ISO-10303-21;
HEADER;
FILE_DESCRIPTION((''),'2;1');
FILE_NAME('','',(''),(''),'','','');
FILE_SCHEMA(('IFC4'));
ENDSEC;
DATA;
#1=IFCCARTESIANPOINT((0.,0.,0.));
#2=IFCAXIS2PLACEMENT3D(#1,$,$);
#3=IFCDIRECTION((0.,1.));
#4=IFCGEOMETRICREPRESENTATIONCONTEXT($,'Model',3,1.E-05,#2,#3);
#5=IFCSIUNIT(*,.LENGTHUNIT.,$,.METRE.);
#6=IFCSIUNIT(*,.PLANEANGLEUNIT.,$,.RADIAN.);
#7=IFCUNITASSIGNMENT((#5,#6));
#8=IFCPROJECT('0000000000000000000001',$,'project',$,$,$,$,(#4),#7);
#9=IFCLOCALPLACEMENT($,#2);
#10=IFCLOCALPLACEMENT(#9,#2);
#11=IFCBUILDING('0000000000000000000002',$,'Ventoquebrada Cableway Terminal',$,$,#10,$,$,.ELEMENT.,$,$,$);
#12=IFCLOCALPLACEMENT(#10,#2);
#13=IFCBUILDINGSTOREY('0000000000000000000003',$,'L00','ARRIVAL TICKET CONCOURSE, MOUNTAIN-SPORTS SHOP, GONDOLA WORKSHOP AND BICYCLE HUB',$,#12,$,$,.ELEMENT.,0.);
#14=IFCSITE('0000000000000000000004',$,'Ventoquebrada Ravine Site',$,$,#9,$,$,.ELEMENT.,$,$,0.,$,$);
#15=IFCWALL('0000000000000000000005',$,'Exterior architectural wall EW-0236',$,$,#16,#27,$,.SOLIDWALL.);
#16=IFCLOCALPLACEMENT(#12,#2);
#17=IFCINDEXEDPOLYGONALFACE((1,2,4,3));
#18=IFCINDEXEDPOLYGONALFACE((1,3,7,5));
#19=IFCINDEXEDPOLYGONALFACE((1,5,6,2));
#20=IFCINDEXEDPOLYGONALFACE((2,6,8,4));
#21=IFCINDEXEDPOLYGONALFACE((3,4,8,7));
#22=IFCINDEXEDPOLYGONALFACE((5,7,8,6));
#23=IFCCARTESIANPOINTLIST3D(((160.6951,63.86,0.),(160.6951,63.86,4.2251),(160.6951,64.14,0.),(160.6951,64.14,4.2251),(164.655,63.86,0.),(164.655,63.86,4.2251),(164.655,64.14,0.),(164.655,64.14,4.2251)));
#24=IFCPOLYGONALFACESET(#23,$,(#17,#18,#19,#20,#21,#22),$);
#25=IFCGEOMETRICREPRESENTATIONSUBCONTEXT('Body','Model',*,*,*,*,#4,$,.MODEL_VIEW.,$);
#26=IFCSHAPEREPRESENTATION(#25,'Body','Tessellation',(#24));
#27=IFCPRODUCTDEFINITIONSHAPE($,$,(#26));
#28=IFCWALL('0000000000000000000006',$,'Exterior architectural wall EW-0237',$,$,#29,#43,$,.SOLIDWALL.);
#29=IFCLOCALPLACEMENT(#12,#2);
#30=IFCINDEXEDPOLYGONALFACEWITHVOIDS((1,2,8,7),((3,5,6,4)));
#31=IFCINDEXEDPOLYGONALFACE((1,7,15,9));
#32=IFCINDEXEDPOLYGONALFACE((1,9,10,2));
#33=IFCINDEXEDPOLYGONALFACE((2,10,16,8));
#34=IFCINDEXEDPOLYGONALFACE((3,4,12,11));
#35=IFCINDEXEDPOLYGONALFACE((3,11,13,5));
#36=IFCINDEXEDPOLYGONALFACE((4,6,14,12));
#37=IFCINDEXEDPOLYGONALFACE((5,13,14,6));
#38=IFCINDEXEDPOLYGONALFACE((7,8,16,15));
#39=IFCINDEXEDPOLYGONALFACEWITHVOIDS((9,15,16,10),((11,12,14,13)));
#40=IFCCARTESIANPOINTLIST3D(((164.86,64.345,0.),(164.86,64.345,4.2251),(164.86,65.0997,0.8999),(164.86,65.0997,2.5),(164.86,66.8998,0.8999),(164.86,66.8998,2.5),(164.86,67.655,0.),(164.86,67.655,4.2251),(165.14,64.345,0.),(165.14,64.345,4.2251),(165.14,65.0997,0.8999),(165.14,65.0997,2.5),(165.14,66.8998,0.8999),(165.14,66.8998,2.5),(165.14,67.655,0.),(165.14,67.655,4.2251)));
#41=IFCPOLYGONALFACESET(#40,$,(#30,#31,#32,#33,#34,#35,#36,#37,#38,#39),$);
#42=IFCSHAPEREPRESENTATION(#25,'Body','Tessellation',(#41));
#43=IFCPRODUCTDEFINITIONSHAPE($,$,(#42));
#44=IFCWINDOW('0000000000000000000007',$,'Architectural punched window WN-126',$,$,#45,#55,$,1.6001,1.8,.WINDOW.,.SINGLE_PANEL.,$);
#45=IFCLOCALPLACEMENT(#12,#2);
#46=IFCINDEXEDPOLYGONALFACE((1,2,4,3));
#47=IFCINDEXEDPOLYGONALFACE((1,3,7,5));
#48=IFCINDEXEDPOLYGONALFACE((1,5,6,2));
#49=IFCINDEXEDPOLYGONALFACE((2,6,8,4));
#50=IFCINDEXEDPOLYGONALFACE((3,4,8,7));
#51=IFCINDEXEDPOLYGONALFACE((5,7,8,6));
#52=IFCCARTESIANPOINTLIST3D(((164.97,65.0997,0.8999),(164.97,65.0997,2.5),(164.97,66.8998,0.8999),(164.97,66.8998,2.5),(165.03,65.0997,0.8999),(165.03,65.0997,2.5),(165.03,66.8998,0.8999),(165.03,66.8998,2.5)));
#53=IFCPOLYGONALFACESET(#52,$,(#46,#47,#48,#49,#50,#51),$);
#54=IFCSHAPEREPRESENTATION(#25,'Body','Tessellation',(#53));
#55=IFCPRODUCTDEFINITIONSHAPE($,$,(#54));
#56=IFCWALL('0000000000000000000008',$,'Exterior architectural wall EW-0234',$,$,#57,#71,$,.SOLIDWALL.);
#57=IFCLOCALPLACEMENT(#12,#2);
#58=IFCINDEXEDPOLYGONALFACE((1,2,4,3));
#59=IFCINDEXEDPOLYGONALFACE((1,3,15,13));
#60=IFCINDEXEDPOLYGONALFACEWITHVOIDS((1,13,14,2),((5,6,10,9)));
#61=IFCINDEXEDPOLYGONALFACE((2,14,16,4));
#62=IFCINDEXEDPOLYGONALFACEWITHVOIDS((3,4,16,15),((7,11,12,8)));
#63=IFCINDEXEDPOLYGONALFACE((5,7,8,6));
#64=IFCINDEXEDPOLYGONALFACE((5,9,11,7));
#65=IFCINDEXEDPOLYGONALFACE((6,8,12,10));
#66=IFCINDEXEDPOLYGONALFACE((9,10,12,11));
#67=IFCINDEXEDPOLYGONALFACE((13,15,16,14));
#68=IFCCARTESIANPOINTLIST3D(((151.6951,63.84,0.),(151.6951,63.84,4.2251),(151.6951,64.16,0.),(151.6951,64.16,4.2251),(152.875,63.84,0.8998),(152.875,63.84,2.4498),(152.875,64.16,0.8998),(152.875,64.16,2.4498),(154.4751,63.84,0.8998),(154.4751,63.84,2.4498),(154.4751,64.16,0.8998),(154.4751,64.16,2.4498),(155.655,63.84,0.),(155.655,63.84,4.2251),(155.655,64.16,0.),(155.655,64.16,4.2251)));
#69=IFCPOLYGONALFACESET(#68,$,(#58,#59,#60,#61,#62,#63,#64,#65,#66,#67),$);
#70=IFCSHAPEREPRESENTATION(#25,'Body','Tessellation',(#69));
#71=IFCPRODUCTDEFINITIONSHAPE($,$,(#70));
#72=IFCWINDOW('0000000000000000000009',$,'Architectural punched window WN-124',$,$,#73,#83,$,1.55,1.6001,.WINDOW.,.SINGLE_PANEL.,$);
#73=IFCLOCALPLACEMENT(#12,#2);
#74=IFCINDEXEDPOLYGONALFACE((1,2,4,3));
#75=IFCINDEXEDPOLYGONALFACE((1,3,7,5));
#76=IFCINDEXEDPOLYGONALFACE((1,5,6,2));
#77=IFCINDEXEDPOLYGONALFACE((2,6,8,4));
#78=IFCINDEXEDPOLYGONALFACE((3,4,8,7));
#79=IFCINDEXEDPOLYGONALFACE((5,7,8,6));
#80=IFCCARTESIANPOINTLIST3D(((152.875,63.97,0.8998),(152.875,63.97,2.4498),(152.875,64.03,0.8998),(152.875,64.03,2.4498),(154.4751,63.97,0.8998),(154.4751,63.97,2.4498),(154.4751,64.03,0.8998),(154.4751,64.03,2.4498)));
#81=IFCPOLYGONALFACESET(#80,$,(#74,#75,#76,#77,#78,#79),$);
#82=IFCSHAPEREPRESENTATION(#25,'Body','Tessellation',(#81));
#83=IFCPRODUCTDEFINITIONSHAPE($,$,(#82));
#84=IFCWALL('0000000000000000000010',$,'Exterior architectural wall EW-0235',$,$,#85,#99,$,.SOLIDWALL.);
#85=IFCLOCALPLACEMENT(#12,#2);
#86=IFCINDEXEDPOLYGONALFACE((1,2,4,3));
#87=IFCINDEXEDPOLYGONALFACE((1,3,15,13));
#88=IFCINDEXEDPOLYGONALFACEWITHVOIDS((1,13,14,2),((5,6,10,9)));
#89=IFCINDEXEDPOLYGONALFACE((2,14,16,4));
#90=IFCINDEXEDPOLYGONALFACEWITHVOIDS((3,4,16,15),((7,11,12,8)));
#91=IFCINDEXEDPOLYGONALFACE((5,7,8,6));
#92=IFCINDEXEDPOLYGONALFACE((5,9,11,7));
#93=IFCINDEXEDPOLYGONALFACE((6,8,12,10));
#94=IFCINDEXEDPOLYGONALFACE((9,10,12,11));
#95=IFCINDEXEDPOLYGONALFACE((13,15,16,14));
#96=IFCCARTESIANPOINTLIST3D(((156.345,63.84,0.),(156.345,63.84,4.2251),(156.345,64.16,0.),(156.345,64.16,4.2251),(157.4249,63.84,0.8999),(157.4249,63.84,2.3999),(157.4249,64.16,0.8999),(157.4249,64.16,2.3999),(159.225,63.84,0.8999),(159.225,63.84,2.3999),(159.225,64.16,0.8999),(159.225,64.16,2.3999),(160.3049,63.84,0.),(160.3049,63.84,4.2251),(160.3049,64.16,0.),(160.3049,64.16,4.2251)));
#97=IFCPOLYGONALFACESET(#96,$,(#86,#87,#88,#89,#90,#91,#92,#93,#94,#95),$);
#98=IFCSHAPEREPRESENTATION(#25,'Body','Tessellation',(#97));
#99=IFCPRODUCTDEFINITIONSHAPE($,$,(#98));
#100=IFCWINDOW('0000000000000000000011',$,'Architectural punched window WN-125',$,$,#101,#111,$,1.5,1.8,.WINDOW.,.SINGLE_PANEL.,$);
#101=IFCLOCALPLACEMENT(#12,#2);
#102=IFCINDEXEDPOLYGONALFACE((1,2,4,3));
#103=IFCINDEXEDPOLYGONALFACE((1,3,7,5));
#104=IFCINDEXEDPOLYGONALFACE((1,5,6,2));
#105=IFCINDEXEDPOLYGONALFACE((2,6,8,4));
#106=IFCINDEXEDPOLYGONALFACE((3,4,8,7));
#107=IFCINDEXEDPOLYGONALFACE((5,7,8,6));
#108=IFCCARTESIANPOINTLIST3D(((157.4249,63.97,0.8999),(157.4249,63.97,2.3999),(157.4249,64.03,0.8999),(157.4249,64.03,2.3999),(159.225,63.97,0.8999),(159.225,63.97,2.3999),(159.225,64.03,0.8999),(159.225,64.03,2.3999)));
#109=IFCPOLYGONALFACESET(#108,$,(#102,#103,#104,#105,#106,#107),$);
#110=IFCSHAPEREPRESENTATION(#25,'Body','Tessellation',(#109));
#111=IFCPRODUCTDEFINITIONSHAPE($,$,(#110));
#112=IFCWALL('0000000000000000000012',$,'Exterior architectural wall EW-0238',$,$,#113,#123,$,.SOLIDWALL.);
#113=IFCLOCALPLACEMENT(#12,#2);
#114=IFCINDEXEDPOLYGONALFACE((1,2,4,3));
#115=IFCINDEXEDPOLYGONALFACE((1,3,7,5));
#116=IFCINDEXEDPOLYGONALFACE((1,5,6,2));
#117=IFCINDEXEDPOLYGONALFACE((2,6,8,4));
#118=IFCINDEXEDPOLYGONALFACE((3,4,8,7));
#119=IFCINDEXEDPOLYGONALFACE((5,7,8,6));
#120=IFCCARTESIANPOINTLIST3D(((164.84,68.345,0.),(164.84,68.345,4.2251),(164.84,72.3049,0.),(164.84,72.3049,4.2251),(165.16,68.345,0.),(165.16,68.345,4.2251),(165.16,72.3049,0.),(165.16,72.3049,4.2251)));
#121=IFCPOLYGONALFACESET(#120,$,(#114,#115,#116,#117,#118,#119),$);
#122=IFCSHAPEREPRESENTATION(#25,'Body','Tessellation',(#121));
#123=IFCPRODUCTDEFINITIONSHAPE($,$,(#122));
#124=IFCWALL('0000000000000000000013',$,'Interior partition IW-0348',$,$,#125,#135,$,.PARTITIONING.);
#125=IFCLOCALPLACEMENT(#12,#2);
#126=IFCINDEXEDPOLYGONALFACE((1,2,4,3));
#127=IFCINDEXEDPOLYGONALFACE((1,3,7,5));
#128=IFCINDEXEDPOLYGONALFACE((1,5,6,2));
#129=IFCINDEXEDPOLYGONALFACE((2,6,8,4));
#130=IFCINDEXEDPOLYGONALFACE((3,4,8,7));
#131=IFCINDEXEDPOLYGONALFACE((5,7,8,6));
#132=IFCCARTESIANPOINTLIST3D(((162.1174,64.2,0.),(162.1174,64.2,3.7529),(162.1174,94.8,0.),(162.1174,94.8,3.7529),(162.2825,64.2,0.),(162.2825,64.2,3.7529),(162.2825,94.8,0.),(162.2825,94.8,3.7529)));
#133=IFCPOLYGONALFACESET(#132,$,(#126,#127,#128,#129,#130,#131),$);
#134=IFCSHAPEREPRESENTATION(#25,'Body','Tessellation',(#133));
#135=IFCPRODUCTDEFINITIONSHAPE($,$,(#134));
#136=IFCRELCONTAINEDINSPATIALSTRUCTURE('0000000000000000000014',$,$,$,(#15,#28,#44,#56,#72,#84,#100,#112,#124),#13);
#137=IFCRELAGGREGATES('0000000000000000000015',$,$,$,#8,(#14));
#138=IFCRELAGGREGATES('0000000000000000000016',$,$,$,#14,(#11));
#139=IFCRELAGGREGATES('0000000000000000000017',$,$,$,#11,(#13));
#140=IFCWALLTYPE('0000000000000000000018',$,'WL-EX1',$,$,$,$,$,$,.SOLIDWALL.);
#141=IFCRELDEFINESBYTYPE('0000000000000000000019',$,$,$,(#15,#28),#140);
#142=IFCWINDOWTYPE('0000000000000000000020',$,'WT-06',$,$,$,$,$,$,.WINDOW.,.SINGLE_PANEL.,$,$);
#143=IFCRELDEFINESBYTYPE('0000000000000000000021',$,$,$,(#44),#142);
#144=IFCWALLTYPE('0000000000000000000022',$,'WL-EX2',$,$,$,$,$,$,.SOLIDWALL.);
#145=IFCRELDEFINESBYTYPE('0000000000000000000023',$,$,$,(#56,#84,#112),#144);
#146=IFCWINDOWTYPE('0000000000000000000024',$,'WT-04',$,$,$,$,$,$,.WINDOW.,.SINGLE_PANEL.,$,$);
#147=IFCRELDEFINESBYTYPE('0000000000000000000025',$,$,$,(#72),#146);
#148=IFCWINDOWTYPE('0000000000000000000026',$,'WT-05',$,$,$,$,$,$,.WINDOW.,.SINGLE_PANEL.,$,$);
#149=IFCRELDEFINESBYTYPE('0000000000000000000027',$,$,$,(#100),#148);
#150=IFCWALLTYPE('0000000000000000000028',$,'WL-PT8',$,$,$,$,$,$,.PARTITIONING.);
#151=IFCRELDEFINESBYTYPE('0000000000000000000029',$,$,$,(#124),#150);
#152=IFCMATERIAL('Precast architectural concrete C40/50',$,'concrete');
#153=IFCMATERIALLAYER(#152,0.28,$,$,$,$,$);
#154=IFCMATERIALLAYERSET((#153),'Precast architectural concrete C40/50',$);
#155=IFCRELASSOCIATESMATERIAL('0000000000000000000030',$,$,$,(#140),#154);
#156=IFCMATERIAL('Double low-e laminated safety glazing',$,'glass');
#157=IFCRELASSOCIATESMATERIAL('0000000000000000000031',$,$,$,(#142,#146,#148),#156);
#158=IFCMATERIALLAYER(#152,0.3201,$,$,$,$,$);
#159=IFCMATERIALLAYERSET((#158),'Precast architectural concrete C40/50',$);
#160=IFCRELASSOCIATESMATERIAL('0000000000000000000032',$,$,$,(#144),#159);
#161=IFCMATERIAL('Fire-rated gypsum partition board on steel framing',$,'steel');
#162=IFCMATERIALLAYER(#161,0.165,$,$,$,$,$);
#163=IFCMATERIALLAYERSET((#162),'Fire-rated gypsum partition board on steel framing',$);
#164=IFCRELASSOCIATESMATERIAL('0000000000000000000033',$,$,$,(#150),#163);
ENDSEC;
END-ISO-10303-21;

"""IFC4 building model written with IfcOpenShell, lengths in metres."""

from ifc_helpers import new_model, si_unit, direction, frame, frame_2d, origin, place, context, subcontext, project, spatial, rectangle, extrude, material, layer, layer_set, type_object, element, fill, save


model = new_model("IFC4")

# Units and contexts
model_context = context("Model", 3, precision=1e-05, world=origin(), true_north=direction((0.0, 1.0)))
body_context = subcontext(model_context, "Body", "Model", "MODEL_VIEW")
ifc_project = project(units=[si_unit("LENGTHUNIT", "METRE"), si_unit("PLANEANGLEUNIT", "RADIAN")], contexts=[model_context])

# Site, building, storey
site_placement = place(None, origin())
site = spatial("IfcSite", under=ifc_project, at=site_placement, Name="Ventoquebrada Ravine Site", CompositionType="ELEMENT", RefElevation=0.0)
building_placement = place(site_placement, origin())
building = spatial("IfcBuilding", under=site, at=building_placement, Name="Ventoquebrada Cableway Terminal", CompositionType="ELEMENT")
storey_placement = place(building_placement, origin())
storey = spatial("IfcBuildingStorey", under=building, at=storey_placement, Name="L00", Description="ARRIVAL TICKET CONCOURSE, MOUNTAIN-SPORTS SHOP, GONDOLA WORKSHOP AND BICYCLE HUB", CompositionType="ELEMENT", Elevation=0.0)

# Wall
ifc_material_1 = material(Name="Precast architectural concrete C40/50", Category="concrete")
ifc_layer_1 = layer(ifc_material_1, 0.28)
ifc_layer_set_1 = layer_set([ifc_layer_1], Name="Precast architectural concrete C40/50")
wall_type_1 = type_object("IfcWallType", Name="WL-EX1", PredefinedType="SOLIDWALL", material=ifc_layer_set_1)
wall_1_placement = place(storey_placement, frame((160.6951, 64.0, 0.0), z_axis=(0.0, 0.0, 1.0), x_axis=(1.0, 0.0, 0.0)))
element("IfcWall", 1, at=wall_1_placement, inside=storey, type_object=wall_type_1, Name="Exterior architectural wall EW-0236", PredefinedType="SOLIDWALL", context=body_context, shape_type="SweptSolid", body=[
    extrude(rectangle(XDim=3.96, YDim=0.28, at=frame_2d((1.98, 0.0))), origin(), (0.0, 0.0, 1.0), 4.2251),
])

# Walls, openings, windows
wall_2_placement = place(storey_placement, frame((165.0, 64.345, 0.0), z_axis=(0.0, 0.0, 1.0), x_axis=(0.0, 1.0, 0.0)))
wall_2 = element("IfcWall", 2, at=wall_2_placement, inside=storey, type_object=wall_type_1, Name="Exterior architectural wall EW-0237", PredefinedType="SOLIDWALL", context=body_context, shape_type="SweptSolid", body=[
    extrude(rectangle(XDim=3.3101, YDim=0.28, at=frame_2d((1.655, 0.0))), origin(), (0.0, 0.0, 1.0), 4.2251),
])
opening_1_placement = place(wall_2_placement, frame((0.7549, 0.0, 0.8999)))
opening_1 = element("IfcOpeningElement", 3, at=opening_1_placement, cuts=wall_2, PredefinedType="OPENING", context=body_context, shape_type="SweptSolid", body=[
    extrude(rectangle(XDim=1.8, YDim=1.6001, at=frame_2d((0.8999, 0.8))), frame((0.0, 0.1499, 0.0), z_axis=(0.0, -1.0, 0.0), x_axis=(1.0, 0.0, 0.0)), (0.0, 0.0, 1.0), 0.3),
])
ifc_material_2 = material(Name="Double low-e laminated safety glazing", Category="glass")
window_type_1 = type_object("IfcWindowType", Name="WT-06", PartitioningType="SINGLE_PANEL", PredefinedType="WINDOW", material=ifc_material_2)
window_1_placement = place(opening_1_placement, origin())
window_1 = element("IfcWindow", 4, at=window_1_placement, inside=storey, type_object=window_type_1, Name="Architectural punched window WN-126", OverallHeight=1.6001, OverallWidth=1.8, PartitioningType="SINGLE_PANEL", PredefinedType="WINDOW", context=body_context, shape_type="SweptSolid", body=[
    extrude(rectangle(XDim=1.8, YDim=1.6001, at=frame_2d((0.8999, 0.8))), frame((0.0, 0.03, 0.0), z_axis=(0.0, -1.0, 0.0), x_axis=(1.0, 0.0, 0.0)), (0.0, 0.0, 1.0), 0.0601),
])
fill(opening_1, window_1)
ifc_layer_2 = layer(ifc_material_1, 0.3201)
ifc_layer_set_2 = layer_set([ifc_layer_2], Name="Precast architectural concrete C40/50")
wall_type_2 = type_object("IfcWallType", Name="WL-EX2", PredefinedType="SOLIDWALL", material=ifc_layer_set_2)
wall_3_placement = place(storey_placement, frame((151.6951, 64.0, 0.0), z_axis=(0.0, 0.0, 1.0), x_axis=(1.0, 0.0, 0.0)))
wall_3 = element("IfcWall", 5, at=wall_3_placement, inside=storey, type_object=wall_type_2, Name="Exterior architectural wall EW-0234", PredefinedType="SOLIDWALL", context=body_context, shape_type="SweptSolid", body=[
    extrude(rectangle(XDim=3.96, YDim=0.3201, at=frame_2d((1.98, 0.0))), origin(), (0.0, 0.0, 1.0), 4.2251),
])
opening_2_placement = place(wall_3_placement, frame((1.1799, 0.0, 0.8999)))
opening_2 = element("IfcOpeningElement", 6, at=opening_2_placement, cuts=wall_3, PredefinedType="OPENING", context=body_context, shape_type="SweptSolid", body=[
    extrude(rectangle(XDim=1.6001, YDim=1.55, at=frame_2d((0.8, 0.7749))), frame((0.0, 0.1699, 0.0), z_axis=(0.0, -1.0, 0.0), x_axis=(1.0, 0.0, 0.0)), (0.0, 0.0, 1.0), 0.3401),
])
window_type_2 = type_object("IfcWindowType", Name="WT-04", PartitioningType="SINGLE_PANEL", PredefinedType="WINDOW", material=ifc_material_2)
window_2_placement = place(opening_2_placement, origin())
window_2 = element("IfcWindow", 7, at=window_2_placement, inside=storey, type_object=window_type_2, Name="Architectural punched window WN-124", OverallHeight=1.55, OverallWidth=1.6001, PartitioningType="SINGLE_PANEL", PredefinedType="WINDOW", context=body_context, shape_type="SweptSolid", body=[
    extrude(rectangle(XDim=1.6001, YDim=1.55, at=frame_2d((0.8, 0.7749))), frame((0.0, 0.03, 0.0), z_axis=(0.0, -1.0, 0.0), x_axis=(1.0, 0.0, 0.0)), (0.0, 0.0, 1.0), 0.0601),
])
fill(opening_2, window_2)
wall_4_placement = place(storey_placement, frame((156.345, 64.0, 0.0), z_axis=(0.0, 0.0, 1.0), x_axis=(1.0, 0.0, 0.0)))
wall_4 = element("IfcWall", 8, at=wall_4_placement, inside=storey, type_object=wall_type_2, Name="Exterior architectural wall EW-0235", PredefinedType="SOLIDWALL", context=body_context, shape_type="SweptSolid", body=[
    extrude(rectangle(XDim=3.96, YDim=0.3201, at=frame_2d((1.98, 0.0))), origin(), (0.0, 0.0, 1.0), 4.2251),
])
opening_3_placement = place(wall_4_placement, frame((1.0801, 0.0, 0.8999)))
opening_3 = element("IfcOpeningElement", 9, at=opening_3_placement, cuts=wall_4, PredefinedType="OPENING", context=body_context, shape_type="SweptSolid", body=[
    extrude(rectangle(XDim=1.8, YDim=1.5, at=frame_2d((0.8999, 0.75))), frame((0.0, 0.1699, 0.0), z_axis=(0.0, -1.0, 0.0), x_axis=(1.0, 0.0, 0.0)), (0.0, 0.0, 1.0), 0.3401),
])
window_type_3 = type_object("IfcWindowType", Name="WT-05", PartitioningType="SINGLE_PANEL", PredefinedType="WINDOW", material=ifc_material_2)
window_3_placement = place(opening_3_placement, origin())
window_3 = element("IfcWindow", 10, at=window_3_placement, inside=storey, type_object=window_type_3, Name="Architectural punched window WN-125", OverallHeight=1.5, OverallWidth=1.8, PartitioningType="SINGLE_PANEL", PredefinedType="WINDOW", context=body_context, shape_type="SweptSolid", body=[
    extrude(rectangle(XDim=1.8, YDim=1.5, at=frame_2d((0.8999, 0.75))), frame((0.0, 0.03, 0.0), z_axis=(0.0, -1.0, 0.0), x_axis=(1.0, 0.0, 0.0)), (0.0, 0.0, 1.0), 0.0601),
])
fill(opening_3, window_3)

# Walls
wall_5_placement = place(storey_placement, frame((165.0, 68.345, 0.0), z_axis=(0.0, 0.0, 1.0), x_axis=(0.0, 1.0, 0.0)))
element("IfcWall", 11, at=wall_5_placement, inside=storey, type_object=wall_type_2, Name="Exterior architectural wall EW-0238", PredefinedType="SOLIDWALL", context=body_context, shape_type="SweptSolid", body=[
    extrude(rectangle(XDim=3.96, YDim=0.3201, at=frame_2d((1.98, 0.0))), origin(), (0.0, 0.0, 1.0), 4.2251),
])
ifc_material_3 = material(Name="Fire-rated gypsum partition board on steel framing", Category="steel")
ifc_layer_3 = layer(ifc_material_3, 0.165)
ifc_layer_set_3 = layer_set([ifc_layer_3], Name="Fire-rated gypsum partition board on steel framing")
wall_type_3 = type_object("IfcWallType", Name="WL-PT8", PredefinedType="PARTITIONING", material=ifc_layer_set_3)
wall_6_placement = place(storey_placement, frame((162.2, 64.2, 0.0), z_axis=(0.0, 0.0, 1.0), x_axis=(0.0, 1.0, 0.0)))
element("IfcWall", 12, at=wall_6_placement, inside=storey, type_object=wall_type_3, Name="Interior partition IW-0348", PredefinedType="PARTITIONING", context=body_context, shape_type="SweptSolid", body=[
    extrude(rectangle(XDim=30.6001, YDim=0.165, at=frame_2d((15.3, 0.0))), origin(), (0.0, 0.0, 1.0), 3.7529),
])

save(model, "model.ifc")
